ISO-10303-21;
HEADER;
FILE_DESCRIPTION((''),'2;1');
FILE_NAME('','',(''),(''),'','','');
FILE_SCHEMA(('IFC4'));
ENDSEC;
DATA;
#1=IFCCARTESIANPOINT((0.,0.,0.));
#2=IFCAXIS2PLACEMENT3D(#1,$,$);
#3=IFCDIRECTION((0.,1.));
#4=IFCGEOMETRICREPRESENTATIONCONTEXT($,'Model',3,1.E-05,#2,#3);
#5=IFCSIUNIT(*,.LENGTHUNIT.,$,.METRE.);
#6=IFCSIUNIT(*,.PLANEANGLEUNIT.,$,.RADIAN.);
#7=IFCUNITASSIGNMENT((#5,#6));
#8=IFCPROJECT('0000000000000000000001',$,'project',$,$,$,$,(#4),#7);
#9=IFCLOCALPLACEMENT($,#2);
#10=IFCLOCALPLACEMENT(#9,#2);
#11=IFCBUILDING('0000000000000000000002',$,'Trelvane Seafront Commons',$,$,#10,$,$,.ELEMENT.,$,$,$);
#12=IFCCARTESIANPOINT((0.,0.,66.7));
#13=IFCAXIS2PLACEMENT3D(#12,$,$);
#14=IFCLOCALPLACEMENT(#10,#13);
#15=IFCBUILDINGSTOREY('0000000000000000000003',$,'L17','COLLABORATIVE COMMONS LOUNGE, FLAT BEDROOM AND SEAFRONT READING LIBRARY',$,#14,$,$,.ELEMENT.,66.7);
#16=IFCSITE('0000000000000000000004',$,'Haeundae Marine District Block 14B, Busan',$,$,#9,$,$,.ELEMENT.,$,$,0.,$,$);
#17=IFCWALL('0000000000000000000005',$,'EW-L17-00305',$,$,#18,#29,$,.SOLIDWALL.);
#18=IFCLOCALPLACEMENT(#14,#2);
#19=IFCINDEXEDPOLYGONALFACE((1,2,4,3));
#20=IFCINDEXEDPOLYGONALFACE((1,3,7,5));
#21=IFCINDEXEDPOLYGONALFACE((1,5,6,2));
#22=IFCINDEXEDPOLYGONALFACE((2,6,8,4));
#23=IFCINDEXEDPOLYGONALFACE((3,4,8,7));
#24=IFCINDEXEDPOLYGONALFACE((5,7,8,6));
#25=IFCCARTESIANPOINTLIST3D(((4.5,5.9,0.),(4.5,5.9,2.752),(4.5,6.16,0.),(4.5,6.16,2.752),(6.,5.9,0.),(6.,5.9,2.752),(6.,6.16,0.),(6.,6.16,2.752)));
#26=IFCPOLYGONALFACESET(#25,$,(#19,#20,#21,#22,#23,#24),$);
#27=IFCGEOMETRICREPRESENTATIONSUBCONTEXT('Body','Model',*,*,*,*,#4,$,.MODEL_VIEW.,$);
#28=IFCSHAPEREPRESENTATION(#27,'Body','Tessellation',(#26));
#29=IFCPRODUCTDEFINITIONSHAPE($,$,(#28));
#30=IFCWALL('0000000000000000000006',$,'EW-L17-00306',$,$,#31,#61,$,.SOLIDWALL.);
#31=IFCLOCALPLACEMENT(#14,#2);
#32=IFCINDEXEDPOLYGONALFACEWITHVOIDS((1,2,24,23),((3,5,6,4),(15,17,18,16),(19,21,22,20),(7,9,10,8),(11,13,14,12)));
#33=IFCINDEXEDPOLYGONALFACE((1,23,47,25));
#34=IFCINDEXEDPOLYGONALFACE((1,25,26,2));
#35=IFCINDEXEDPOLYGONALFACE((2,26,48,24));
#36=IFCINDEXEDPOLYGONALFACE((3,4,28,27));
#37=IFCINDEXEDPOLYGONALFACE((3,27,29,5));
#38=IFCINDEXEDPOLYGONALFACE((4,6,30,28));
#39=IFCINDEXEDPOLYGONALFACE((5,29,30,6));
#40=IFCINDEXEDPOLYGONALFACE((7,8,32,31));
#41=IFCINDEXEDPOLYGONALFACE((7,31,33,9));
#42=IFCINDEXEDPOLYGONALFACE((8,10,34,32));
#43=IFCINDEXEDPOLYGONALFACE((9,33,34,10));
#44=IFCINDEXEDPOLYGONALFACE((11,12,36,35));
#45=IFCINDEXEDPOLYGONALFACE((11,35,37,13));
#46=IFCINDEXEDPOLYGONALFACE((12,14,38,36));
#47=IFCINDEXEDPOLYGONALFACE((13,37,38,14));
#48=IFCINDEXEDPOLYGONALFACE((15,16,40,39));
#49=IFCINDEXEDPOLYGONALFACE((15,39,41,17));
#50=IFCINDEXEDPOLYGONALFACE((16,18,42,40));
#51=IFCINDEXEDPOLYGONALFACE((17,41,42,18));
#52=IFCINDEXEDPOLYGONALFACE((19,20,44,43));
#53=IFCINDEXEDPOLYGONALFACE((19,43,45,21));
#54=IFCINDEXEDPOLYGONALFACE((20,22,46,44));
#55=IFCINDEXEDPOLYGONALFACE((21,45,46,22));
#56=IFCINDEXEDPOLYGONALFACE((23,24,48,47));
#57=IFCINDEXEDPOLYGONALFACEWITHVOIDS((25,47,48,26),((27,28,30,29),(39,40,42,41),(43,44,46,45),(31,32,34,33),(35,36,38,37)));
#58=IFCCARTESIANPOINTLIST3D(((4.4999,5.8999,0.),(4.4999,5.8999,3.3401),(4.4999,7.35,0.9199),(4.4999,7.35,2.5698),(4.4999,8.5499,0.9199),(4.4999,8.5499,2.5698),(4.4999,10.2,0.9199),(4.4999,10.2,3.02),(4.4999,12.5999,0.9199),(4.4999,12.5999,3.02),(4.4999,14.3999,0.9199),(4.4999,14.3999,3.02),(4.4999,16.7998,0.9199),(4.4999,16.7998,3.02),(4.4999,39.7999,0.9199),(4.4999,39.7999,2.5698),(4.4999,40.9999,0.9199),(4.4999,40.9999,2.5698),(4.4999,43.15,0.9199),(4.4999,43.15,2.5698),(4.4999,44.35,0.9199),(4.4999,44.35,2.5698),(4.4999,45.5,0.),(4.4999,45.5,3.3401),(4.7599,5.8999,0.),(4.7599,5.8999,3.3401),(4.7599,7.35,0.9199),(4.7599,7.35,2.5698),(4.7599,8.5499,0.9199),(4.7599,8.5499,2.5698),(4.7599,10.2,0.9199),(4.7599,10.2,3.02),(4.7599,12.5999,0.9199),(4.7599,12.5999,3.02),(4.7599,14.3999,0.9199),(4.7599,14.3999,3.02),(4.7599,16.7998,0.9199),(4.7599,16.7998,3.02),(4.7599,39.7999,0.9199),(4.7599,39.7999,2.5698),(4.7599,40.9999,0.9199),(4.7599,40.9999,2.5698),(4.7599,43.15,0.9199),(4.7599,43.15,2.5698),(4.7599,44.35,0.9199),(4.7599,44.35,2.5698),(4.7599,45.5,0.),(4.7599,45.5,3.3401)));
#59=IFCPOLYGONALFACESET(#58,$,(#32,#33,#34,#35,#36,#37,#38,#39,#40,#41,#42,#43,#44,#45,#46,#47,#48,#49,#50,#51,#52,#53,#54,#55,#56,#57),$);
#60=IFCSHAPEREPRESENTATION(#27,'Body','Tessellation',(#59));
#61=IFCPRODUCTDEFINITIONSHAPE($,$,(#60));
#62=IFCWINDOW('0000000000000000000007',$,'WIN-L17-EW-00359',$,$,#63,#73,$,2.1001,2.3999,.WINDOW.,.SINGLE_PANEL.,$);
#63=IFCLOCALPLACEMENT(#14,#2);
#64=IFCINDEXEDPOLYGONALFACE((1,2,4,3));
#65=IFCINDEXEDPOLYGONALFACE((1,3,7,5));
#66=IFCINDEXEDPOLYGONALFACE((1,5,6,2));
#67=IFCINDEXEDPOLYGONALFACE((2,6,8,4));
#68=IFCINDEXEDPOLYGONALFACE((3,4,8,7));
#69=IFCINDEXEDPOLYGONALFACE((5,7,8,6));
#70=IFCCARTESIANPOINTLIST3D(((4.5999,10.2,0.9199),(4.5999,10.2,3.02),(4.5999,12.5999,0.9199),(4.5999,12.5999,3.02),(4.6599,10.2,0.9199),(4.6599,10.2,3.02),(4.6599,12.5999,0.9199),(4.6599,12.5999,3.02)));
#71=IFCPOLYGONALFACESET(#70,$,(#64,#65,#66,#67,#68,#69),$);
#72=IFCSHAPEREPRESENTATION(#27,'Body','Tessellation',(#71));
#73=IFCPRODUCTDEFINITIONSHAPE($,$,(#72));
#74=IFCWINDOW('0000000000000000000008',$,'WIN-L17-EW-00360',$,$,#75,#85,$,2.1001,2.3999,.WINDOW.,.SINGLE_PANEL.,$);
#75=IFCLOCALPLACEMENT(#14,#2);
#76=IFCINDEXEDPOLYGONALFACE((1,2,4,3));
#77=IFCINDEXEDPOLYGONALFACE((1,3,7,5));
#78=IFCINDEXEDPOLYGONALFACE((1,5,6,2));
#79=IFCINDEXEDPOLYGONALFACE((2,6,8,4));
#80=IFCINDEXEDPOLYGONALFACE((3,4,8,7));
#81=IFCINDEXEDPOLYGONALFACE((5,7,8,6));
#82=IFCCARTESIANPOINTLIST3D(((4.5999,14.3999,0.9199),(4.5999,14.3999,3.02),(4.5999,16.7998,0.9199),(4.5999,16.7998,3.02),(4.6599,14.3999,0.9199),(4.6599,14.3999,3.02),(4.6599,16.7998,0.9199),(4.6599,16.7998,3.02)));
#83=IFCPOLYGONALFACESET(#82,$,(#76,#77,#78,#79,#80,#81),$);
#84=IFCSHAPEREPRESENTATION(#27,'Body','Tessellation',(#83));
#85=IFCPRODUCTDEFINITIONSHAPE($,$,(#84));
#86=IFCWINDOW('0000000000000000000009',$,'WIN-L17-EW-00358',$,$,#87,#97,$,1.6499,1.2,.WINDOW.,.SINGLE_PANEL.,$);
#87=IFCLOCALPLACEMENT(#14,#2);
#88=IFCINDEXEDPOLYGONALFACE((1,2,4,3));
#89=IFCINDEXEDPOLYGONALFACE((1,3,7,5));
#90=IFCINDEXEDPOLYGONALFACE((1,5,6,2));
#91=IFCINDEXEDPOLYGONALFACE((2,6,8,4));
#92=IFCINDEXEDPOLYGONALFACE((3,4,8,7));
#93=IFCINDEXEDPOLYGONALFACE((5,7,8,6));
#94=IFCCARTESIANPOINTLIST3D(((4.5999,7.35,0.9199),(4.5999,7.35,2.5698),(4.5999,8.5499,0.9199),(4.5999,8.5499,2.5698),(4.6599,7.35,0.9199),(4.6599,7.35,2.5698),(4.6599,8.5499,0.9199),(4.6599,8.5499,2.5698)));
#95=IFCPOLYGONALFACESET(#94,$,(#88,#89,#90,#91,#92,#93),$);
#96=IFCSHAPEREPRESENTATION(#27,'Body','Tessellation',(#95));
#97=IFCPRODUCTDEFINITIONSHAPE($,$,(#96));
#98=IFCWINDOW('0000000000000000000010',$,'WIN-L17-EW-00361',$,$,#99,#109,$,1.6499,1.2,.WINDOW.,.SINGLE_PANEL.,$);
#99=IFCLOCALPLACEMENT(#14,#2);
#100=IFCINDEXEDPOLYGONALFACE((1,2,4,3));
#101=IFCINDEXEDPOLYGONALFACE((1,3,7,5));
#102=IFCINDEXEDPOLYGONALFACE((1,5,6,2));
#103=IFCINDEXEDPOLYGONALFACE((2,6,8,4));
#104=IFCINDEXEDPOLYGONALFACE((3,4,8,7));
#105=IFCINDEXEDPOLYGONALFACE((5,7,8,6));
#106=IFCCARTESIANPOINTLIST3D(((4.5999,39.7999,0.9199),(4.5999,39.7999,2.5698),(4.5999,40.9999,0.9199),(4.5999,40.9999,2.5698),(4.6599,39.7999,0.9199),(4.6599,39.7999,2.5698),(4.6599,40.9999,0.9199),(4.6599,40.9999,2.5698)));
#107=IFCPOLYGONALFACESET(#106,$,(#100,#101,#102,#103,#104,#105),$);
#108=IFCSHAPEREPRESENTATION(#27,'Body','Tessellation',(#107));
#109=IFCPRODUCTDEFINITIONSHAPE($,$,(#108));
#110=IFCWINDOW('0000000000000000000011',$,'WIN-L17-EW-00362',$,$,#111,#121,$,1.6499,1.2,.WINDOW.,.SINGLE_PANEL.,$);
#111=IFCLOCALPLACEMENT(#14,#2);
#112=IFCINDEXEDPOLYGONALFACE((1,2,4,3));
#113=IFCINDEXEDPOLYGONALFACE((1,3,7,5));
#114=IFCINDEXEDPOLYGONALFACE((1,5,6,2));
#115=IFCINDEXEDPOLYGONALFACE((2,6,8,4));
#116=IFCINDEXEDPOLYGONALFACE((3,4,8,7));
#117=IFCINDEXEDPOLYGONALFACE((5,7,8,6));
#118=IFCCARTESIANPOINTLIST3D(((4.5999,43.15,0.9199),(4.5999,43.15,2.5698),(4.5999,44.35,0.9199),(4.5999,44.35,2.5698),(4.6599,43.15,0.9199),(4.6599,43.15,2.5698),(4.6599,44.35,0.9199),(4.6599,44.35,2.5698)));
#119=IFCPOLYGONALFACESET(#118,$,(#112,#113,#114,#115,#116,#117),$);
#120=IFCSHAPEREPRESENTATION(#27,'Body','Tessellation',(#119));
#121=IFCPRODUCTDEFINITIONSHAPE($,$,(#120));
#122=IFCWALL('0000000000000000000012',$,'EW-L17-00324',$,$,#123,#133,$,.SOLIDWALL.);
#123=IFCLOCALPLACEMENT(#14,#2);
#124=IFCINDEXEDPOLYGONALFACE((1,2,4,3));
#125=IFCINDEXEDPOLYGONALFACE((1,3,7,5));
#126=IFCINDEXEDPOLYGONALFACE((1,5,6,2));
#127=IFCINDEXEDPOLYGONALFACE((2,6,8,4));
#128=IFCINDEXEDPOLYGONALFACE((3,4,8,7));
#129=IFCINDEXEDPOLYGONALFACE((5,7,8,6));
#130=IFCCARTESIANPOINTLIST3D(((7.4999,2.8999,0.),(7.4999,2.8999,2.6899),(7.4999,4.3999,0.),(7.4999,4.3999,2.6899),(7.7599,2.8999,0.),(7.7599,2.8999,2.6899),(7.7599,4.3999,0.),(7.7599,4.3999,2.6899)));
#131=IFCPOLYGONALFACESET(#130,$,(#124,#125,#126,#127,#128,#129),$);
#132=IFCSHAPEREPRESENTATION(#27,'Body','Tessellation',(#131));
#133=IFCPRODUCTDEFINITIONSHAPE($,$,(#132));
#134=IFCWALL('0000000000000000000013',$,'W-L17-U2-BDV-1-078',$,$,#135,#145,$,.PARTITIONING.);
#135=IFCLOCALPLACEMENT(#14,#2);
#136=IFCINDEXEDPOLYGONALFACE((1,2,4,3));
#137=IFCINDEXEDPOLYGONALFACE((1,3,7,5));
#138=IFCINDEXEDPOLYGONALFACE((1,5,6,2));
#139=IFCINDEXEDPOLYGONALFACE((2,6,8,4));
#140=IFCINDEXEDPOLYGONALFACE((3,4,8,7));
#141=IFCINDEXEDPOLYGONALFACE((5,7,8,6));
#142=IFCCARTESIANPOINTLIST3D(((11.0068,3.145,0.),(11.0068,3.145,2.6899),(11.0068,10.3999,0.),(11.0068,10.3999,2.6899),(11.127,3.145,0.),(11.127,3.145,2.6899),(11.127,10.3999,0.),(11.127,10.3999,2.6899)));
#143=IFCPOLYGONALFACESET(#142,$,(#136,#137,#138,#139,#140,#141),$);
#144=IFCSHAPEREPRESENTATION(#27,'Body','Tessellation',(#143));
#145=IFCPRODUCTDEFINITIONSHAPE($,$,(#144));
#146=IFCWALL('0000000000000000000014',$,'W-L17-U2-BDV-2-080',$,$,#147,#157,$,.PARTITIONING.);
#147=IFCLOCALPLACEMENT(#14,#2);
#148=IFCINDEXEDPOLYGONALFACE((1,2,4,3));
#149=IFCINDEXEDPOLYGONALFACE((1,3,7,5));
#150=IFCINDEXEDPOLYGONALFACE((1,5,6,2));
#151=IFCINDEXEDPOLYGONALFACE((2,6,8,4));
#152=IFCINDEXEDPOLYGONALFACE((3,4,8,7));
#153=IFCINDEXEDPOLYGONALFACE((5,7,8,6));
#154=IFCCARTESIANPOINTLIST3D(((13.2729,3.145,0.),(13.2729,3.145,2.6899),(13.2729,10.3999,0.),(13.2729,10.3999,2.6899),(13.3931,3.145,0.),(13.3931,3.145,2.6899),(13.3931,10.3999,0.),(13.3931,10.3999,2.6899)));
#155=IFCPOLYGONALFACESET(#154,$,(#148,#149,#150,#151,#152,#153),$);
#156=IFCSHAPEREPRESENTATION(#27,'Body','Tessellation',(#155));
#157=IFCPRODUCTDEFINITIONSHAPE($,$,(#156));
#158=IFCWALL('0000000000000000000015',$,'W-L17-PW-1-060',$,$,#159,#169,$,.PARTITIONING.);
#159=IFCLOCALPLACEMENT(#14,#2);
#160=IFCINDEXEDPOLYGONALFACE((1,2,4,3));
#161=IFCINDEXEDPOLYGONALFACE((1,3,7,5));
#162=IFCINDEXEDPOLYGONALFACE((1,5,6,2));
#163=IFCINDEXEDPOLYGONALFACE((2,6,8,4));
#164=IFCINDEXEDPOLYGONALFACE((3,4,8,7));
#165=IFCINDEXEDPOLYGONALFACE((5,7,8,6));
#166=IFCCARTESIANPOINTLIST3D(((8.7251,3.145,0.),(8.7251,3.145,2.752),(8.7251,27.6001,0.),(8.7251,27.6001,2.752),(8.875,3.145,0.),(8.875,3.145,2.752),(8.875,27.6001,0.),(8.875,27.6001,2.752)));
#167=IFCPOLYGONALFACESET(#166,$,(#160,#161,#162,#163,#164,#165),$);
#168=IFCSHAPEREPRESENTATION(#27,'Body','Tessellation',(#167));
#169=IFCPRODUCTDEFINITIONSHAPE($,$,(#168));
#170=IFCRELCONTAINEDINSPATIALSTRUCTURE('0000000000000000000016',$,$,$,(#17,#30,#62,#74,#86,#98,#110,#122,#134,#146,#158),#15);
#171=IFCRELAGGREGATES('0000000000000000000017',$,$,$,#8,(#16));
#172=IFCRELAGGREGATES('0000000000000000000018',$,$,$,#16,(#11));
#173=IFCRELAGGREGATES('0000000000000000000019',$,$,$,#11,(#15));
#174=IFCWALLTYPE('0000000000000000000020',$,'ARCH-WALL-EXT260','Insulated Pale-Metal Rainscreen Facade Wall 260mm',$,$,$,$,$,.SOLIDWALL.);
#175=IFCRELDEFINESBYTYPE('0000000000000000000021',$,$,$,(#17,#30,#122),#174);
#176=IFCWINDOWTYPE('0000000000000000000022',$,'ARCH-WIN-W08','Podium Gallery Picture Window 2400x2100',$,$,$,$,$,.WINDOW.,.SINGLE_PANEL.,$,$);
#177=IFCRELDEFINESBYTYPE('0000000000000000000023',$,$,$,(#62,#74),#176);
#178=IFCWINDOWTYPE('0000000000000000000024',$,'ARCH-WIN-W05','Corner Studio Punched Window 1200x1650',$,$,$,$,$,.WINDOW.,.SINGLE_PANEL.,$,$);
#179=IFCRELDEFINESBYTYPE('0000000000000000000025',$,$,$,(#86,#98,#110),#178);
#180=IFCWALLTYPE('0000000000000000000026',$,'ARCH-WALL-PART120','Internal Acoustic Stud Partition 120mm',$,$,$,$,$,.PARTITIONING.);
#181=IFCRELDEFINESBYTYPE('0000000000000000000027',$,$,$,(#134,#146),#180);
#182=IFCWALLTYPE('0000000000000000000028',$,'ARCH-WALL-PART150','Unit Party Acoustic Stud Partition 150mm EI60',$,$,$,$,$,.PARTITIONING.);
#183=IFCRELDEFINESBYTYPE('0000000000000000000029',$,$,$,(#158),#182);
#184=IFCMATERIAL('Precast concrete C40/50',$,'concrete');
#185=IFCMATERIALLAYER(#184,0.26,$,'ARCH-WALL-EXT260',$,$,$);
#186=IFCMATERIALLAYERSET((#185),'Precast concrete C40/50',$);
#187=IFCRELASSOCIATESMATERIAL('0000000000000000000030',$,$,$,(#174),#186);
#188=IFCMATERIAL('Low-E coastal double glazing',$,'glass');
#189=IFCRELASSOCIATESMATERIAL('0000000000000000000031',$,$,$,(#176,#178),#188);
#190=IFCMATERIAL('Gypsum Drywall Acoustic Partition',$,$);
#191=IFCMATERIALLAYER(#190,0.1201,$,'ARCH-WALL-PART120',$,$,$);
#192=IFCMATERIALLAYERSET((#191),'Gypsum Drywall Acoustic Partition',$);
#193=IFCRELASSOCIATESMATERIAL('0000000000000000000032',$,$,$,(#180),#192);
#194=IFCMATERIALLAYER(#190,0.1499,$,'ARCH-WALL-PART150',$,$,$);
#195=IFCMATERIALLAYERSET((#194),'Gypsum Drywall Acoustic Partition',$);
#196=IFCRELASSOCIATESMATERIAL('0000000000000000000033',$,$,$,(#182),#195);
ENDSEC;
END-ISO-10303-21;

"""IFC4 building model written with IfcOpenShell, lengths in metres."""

from ifc_helpers import new_model, si_unit, direction, frame, frame_2d, origin, place, context, subcontext, project, spatial, rectangle, extrude, source, transform, mapped, material, layer, layer_set, type_object, element, fill, save


model = new_model("IFC4")

# Units and contexts
model_context = context("Model", 3, precision=1e-05, world=origin(), true_north=direction((0.0, 1.0)))
body_context = subcontext(model_context, "Body", "Model", "MODEL_VIEW")
ifc_project = project(units=[si_unit("LENGTHUNIT", "METRE"), si_unit("PLANEANGLEUNIT", "RADIAN")], contexts=[model_context])

# Site, building, storey
site_placement = place(None, origin())
site = spatial("IfcSite", under=ifc_project, at=site_placement, Name="Haeundae Marine District Block 14B, Busan", CompositionType="ELEMENT", RefElevation=0.0)
building_placement = place(site_placement, origin())
building = spatial("IfcBuilding", under=site, at=building_placement, Name="Trelvane Seafront Commons", CompositionType="ELEMENT")
storey_placement = place(building_placement, frame((0.0, 0.0, 66.7)))
storey = spatial("IfcBuildingStorey", under=building, at=storey_placement, Name="L17", Description="COLLABORATIVE COMMONS LOUNGE, FLAT BEDROOM AND SEAFRONT READING LIBRARY", CompositionType="ELEMENT", Elevation=66.7)

# Wall
ifc_material_1 = material(Name="Precast concrete C40/50", Category="concrete")
ifc_layer_1 = layer(ifc_material_1, 0.26, Name="ARCH-WALL-EXT260")
ifc_layer_set_1 = layer_set([ifc_layer_1], Name="Precast concrete C40/50")
wall_type_1 = type_object("IfcWallType", Name="ARCH-WALL-EXT260", Description="Insulated Pale-Metal Rainscreen Facade Wall 260mm", PredefinedType="SOLIDWALL", material=ifc_layer_set_1)
wall_1_placement = place(storey_placement, frame((6.0, 6.03, 0.0), z_axis=(0.0, 0.0, 1.0), x_axis=(-1.0, 0.0, 0.0)))
element("IfcWall", 1, at=wall_1_placement, inside=storey, type_object=wall_type_1, Name="EW-L17-00305", PredefinedType="SOLIDWALL", context=body_context, shape_type="SweptSolid", body=[
    extrude(rectangle(XDim=1.5, YDim=0.26, at=frame_2d((0.75, 0.0))), origin(), (0.0, 0.0, 1.0), 2.752),
])

# Wall, openings, windows
wall_2_placement = place(storey_placement, frame((4.6299, 5.8999, 0.0), z_axis=(0.0, 0.0, 1.0), x_axis=(0.0, 1.0, 0.0)))
wall_2 = element("IfcWall", 2, at=wall_2_placement, inside=storey, type_object=wall_type_1, Name="EW-L17-00306", PredefinedType="SOLIDWALL", context=body_context, shape_type="SweptSolid", body=[
    extrude(rectangle(XDim=39.6001, YDim=0.26, at=frame_2d((19.8, 0.0))), origin(), (0.0, 0.0, 1.0), 3.3401),
])
opening_1_placement = place(wall_2_placement, frame((1.45, 0.0, 0.9199)))
opening_1 = element("IfcOpeningElement", 3, at=opening_1_placement, cuts=wall_2, PredefinedType="OPENING", context=body_context, shape_type="SweptSolid", body=[
    extrude(rectangle(XDim=1.2, YDim=1.6499, at=frame_2d((0.6001, 0.825))), frame((0.0, 0.1399, 0.0), z_axis=(0.0, -1.0, 0.0), x_axis=(1.0, 0.0, 0.0)), (0.0, 0.0, 1.0), 0.28),
])
opening_2_placement = place(wall_2_placement, frame((4.3, 0.0, 0.9199)))
opening_2 = element("IfcOpeningElement", 4, at=opening_2_placement, cuts=wall_2, PredefinedType="OPENING", context=body_context, shape_type="SweptSolid", body=[
    extrude(rectangle(XDim=2.3999, YDim=2.1001, at=frame_2d((1.2, 1.05))), frame((0.0, 0.1399, 0.0), z_axis=(0.0, -1.0, 0.0), x_axis=(1.0, 0.0, 0.0)), (0.0, 0.0, 1.0), 0.28),
])
opening_3_placement = place(wall_2_placement, frame((8.5, 0.0, 0.9199)))
opening_3 = element("IfcOpeningElement", 5, at=opening_3_placement, cuts=wall_2, PredefinedType="OPENING", context=body_context, shape_type="SweptSolid", body=[
    extrude(rectangle(XDim=2.3999, YDim=2.1001, at=frame_2d((1.2, 1.05))), frame((0.0, 0.1399, 0.0), z_axis=(0.0, -1.0, 0.0), x_axis=(1.0, 0.0, 0.0)), (0.0, 0.0, 1.0), 0.28),
])
opening_4_placement = place(wall_2_placement, frame((33.8999, 0.0, 0.9199)))
opening_4 = element("IfcOpeningElement", 6, at=opening_4_placement, cuts=wall_2, PredefinedType="OPENING", context=body_context, shape_type="SweptSolid", body=[
    extrude(rectangle(XDim=1.2, YDim=1.6499, at=frame_2d((0.6001, 0.825))), frame((0.0, 0.1399, 0.0), z_axis=(0.0, -1.0, 0.0), x_axis=(1.0, 0.0, 0.0)), (0.0, 0.0, 1.0), 0.28),
])
opening_5_placement = place(wall_2_placement, frame((37.25, 0.0, 0.9199)))
opening_5 = element("IfcOpeningElement", 7, at=opening_5_placement, cuts=wall_2, PredefinedType="OPENING", context=body_context, shape_type="SweptSolid", body=[
    extrude(rectangle(XDim=1.2, YDim=1.6499, at=frame_2d((0.6001, 0.825))), frame((0.0, 0.1399, 0.0), z_axis=(0.0, -1.0, 0.0), x_axis=(1.0, 0.0, 0.0)), (0.0, 0.0, 1.0), 0.28),
])
ifc_material_2 = material(Name="Low-E coastal double glazing", Category="glass")
window_type_1 = type_object("IfcWindowType", Name="ARCH-WIN-W08", Description="Podium Gallery Picture Window 2400x2100", PartitioningType="SINGLE_PANEL", PredefinedType="WINDOW", material=ifc_material_2)
shared_shape_1 = source(origin(), body_context, "Body", "SweptSolid", [
    extrude(rectangle(XDim=2.3999, YDim=2.1001, at=frame_2d((1.2, 1.05))), frame((0.0, 0.03, 0.0), z_axis=(0.0, -1.0, 0.0), x_axis=(1.0, 0.0, 0.0)), (0.0, 0.0, 1.0), 0.0601),
])
window_1_placement = place(opening_2_placement, origin())
window_1 = element("IfcWindow", 8, at=window_1_placement, inside=storey, type_object=window_type_1, Name="WIN-L17-EW-00359", OverallHeight=2.1001, OverallWidth=2.3999, PartitioningType="SINGLE_PANEL", PredefinedType="WINDOW", context=body_context, shape_type="MappedRepresentation", body=[
    mapped(shared_shape_1, transform((0.0, 0.0, 0.0), x_axis=(1.0, 0.0, 0.0), y_axis=(0.0, 1.0, 0.0), z_axis=(0.0, 0.0, 1.0), scale=1.0)),
])
fill(opening_2, window_1)
window_2_placement = place(opening_3_placement, origin())
window_2 = element("IfcWindow", 9, at=window_2_placement, inside=storey, type_object=window_type_1, Name="WIN-L17-EW-00360", OverallHeight=2.1001, OverallWidth=2.3999, PartitioningType="SINGLE_PANEL", PredefinedType="WINDOW", context=body_context, shape_type="MappedRepresentation", body=[
    mapped(shared_shape_1, transform((0.0, 0.0, 0.0), x_axis=(1.0, 0.0, 0.0), y_axis=(0.0, 1.0, 0.0), z_axis=(0.0, 0.0, 1.0), scale=1.0)),
])
fill(opening_3, window_2)
window_type_2 = type_object("IfcWindowType", Name="ARCH-WIN-W05", Description="Corner Studio Punched Window 1200x1650", PartitioningType="SINGLE_PANEL", PredefinedType="WINDOW", material=ifc_material_2)
shared_shape_2 = source(origin(), body_context, "Body", "SweptSolid", [
    extrude(rectangle(XDim=1.2, YDim=1.6499, at=frame_2d((0.6001, 0.825))), frame((0.0, 0.03, 0.0), z_axis=(0.0, -1.0, 0.0), x_axis=(1.0, 0.0, 0.0)), (0.0, 0.0, 1.0), 0.0601),
])
window_3_placement = place(opening_1_placement, origin())
window_3 = element("IfcWindow", 10, at=window_3_placement, inside=storey, type_object=window_type_2, Name="WIN-L17-EW-00358", OverallHeight=1.6499, OverallWidth=1.2, PartitioningType="SINGLE_PANEL", PredefinedType="WINDOW", context=body_context, shape_type="MappedRepresentation", body=[
    mapped(shared_shape_2, transform((0.0, 0.0, 0.0), x_axis=(1.0, 0.0, 0.0), y_axis=(0.0, 1.0, 0.0), z_axis=(0.0, 0.0, 1.0), scale=1.0)),
])
fill(opening_1, window_3)
window_4_placement = place(opening_4_placement, origin())
window_4 = element("IfcWindow", 11, at=window_4_placement, inside=storey, type_object=window_type_2, Name="WIN-L17-EW-00361", OverallHeight=1.6499, OverallWidth=1.2, PartitioningType="SINGLE_PANEL", PredefinedType="WINDOW", context=body_context, shape_type="MappedRepresentation", body=[
    mapped(shared_shape_2, transform((0.0, 0.0, 0.0), x_axis=(1.0, 0.0, 0.0), y_axis=(0.0, 1.0, 0.0), z_axis=(0.0, 0.0, 1.0), scale=1.0)),
])
fill(opening_4, window_4)
window_5_placement = place(opening_5_placement, origin())
window_5 = element("IfcWindow", 12, at=window_5_placement, inside=storey, type_object=window_type_2, Name="WIN-L17-EW-00362", OverallHeight=1.6499, OverallWidth=1.2, PartitioningType="SINGLE_PANEL", PredefinedType="WINDOW", context=body_context, shape_type="MappedRepresentation", body=[
    mapped(shared_shape_2, transform((0.0, 0.0, 0.0), x_axis=(1.0, 0.0, 0.0), y_axis=(0.0, 1.0, 0.0), z_axis=(0.0, 0.0, 1.0), scale=1.0)),
])
fill(opening_5, window_5)

# Walls
wall_3_placement = place(storey_placement, frame((7.6299, 2.8999, 0.0), z_axis=(0.0, 0.0, 1.0), x_axis=(0.0, 1.0, 0.0)))
element("IfcWall", 13, at=wall_3_placement, inside=storey, type_object=wall_type_1, Name="EW-L17-00324", PredefinedType="SOLIDWALL", context=body_context, shape_type="SweptSolid", body=[
    extrude(rectangle(XDim=1.5, YDim=0.26, at=frame_2d((0.75, 0.0))), origin(), (0.0, 0.0, 1.0), 2.6899),
])
ifc_material_3 = material(Name="Gypsum Drywall Acoustic Partition")
ifc_layer_2 = layer(ifc_material_3, 0.1201, Name="ARCH-WALL-PART120")
ifc_layer_set_2 = layer_set([ifc_layer_2], Name="Gypsum Drywall Acoustic Partition")
wall_type_2 = type_object("IfcWallType", Name="ARCH-WALL-PART120", Description="Internal Acoustic Stud Partition 120mm", PredefinedType="PARTITIONING", material=ifc_layer_set_2)
for number, where, z_axis, x_axis, name in (
    (14, (11.0669, 3.145, 0.0), (0.0, 0.0, 1.0), (0.0, 1.0, 0.0), "W-L17-U2-BDV-1-078"),
    (15, (13.333, 3.145, 0.0), (0.0, 0.0, 1.0), (0.0, 1.0, 0.0), "W-L17-U2-BDV-2-080"),
):
    element("IfcWall", number, at=place(storey_placement, frame(where, z_axis=z_axis, x_axis=x_axis)), inside=storey, type_object=wall_type_2, Name=name, PredefinedType="PARTITIONING", context=body_context, shape_type="SweptSolid", body=[
        extrude(rectangle(XDim=7.2549, YDim=0.1201, at=frame_2d((3.6274, 0.0))), origin(), (0.0, 0.0, 1.0), 2.6899),
    ])
ifc_layer_3 = layer(ifc_material_3, 0.1499, Name="ARCH-WALL-PART150")
ifc_layer_set_3 = layer_set([ifc_layer_3], Name="Gypsum Drywall Acoustic Partition")
wall_type_3 = type_object("IfcWallType", Name="ARCH-WALL-PART150", Description="Unit Party Acoustic Stud Partition 150mm EI60", PredefinedType="PARTITIONING", material=ifc_layer_set_3)
for number, where, z_axis, x_axis, name in (
    (16, (8.8, 3.145, 0.0), (0.0, 0.0, 1.0), (0.0, 1.0, 0.0), "W-L17-PW-1-060"),
):
    element("IfcWall", number, at=place(storey_placement, frame(where, z_axis=z_axis, x_axis=x_axis)), inside=storey, type_object=wall_type_3, Name=name, PredefinedType="PARTITIONING", context=body_context, shape_type="SweptSolid", body=[
        extrude(rectangle(XDim=24.4551, YDim=0.1499, at=frame_2d((12.2275, 0.0))), origin(), (0.0, 0.0, 1.0), 2.752),
    ])

save(model, "model.ifc")
